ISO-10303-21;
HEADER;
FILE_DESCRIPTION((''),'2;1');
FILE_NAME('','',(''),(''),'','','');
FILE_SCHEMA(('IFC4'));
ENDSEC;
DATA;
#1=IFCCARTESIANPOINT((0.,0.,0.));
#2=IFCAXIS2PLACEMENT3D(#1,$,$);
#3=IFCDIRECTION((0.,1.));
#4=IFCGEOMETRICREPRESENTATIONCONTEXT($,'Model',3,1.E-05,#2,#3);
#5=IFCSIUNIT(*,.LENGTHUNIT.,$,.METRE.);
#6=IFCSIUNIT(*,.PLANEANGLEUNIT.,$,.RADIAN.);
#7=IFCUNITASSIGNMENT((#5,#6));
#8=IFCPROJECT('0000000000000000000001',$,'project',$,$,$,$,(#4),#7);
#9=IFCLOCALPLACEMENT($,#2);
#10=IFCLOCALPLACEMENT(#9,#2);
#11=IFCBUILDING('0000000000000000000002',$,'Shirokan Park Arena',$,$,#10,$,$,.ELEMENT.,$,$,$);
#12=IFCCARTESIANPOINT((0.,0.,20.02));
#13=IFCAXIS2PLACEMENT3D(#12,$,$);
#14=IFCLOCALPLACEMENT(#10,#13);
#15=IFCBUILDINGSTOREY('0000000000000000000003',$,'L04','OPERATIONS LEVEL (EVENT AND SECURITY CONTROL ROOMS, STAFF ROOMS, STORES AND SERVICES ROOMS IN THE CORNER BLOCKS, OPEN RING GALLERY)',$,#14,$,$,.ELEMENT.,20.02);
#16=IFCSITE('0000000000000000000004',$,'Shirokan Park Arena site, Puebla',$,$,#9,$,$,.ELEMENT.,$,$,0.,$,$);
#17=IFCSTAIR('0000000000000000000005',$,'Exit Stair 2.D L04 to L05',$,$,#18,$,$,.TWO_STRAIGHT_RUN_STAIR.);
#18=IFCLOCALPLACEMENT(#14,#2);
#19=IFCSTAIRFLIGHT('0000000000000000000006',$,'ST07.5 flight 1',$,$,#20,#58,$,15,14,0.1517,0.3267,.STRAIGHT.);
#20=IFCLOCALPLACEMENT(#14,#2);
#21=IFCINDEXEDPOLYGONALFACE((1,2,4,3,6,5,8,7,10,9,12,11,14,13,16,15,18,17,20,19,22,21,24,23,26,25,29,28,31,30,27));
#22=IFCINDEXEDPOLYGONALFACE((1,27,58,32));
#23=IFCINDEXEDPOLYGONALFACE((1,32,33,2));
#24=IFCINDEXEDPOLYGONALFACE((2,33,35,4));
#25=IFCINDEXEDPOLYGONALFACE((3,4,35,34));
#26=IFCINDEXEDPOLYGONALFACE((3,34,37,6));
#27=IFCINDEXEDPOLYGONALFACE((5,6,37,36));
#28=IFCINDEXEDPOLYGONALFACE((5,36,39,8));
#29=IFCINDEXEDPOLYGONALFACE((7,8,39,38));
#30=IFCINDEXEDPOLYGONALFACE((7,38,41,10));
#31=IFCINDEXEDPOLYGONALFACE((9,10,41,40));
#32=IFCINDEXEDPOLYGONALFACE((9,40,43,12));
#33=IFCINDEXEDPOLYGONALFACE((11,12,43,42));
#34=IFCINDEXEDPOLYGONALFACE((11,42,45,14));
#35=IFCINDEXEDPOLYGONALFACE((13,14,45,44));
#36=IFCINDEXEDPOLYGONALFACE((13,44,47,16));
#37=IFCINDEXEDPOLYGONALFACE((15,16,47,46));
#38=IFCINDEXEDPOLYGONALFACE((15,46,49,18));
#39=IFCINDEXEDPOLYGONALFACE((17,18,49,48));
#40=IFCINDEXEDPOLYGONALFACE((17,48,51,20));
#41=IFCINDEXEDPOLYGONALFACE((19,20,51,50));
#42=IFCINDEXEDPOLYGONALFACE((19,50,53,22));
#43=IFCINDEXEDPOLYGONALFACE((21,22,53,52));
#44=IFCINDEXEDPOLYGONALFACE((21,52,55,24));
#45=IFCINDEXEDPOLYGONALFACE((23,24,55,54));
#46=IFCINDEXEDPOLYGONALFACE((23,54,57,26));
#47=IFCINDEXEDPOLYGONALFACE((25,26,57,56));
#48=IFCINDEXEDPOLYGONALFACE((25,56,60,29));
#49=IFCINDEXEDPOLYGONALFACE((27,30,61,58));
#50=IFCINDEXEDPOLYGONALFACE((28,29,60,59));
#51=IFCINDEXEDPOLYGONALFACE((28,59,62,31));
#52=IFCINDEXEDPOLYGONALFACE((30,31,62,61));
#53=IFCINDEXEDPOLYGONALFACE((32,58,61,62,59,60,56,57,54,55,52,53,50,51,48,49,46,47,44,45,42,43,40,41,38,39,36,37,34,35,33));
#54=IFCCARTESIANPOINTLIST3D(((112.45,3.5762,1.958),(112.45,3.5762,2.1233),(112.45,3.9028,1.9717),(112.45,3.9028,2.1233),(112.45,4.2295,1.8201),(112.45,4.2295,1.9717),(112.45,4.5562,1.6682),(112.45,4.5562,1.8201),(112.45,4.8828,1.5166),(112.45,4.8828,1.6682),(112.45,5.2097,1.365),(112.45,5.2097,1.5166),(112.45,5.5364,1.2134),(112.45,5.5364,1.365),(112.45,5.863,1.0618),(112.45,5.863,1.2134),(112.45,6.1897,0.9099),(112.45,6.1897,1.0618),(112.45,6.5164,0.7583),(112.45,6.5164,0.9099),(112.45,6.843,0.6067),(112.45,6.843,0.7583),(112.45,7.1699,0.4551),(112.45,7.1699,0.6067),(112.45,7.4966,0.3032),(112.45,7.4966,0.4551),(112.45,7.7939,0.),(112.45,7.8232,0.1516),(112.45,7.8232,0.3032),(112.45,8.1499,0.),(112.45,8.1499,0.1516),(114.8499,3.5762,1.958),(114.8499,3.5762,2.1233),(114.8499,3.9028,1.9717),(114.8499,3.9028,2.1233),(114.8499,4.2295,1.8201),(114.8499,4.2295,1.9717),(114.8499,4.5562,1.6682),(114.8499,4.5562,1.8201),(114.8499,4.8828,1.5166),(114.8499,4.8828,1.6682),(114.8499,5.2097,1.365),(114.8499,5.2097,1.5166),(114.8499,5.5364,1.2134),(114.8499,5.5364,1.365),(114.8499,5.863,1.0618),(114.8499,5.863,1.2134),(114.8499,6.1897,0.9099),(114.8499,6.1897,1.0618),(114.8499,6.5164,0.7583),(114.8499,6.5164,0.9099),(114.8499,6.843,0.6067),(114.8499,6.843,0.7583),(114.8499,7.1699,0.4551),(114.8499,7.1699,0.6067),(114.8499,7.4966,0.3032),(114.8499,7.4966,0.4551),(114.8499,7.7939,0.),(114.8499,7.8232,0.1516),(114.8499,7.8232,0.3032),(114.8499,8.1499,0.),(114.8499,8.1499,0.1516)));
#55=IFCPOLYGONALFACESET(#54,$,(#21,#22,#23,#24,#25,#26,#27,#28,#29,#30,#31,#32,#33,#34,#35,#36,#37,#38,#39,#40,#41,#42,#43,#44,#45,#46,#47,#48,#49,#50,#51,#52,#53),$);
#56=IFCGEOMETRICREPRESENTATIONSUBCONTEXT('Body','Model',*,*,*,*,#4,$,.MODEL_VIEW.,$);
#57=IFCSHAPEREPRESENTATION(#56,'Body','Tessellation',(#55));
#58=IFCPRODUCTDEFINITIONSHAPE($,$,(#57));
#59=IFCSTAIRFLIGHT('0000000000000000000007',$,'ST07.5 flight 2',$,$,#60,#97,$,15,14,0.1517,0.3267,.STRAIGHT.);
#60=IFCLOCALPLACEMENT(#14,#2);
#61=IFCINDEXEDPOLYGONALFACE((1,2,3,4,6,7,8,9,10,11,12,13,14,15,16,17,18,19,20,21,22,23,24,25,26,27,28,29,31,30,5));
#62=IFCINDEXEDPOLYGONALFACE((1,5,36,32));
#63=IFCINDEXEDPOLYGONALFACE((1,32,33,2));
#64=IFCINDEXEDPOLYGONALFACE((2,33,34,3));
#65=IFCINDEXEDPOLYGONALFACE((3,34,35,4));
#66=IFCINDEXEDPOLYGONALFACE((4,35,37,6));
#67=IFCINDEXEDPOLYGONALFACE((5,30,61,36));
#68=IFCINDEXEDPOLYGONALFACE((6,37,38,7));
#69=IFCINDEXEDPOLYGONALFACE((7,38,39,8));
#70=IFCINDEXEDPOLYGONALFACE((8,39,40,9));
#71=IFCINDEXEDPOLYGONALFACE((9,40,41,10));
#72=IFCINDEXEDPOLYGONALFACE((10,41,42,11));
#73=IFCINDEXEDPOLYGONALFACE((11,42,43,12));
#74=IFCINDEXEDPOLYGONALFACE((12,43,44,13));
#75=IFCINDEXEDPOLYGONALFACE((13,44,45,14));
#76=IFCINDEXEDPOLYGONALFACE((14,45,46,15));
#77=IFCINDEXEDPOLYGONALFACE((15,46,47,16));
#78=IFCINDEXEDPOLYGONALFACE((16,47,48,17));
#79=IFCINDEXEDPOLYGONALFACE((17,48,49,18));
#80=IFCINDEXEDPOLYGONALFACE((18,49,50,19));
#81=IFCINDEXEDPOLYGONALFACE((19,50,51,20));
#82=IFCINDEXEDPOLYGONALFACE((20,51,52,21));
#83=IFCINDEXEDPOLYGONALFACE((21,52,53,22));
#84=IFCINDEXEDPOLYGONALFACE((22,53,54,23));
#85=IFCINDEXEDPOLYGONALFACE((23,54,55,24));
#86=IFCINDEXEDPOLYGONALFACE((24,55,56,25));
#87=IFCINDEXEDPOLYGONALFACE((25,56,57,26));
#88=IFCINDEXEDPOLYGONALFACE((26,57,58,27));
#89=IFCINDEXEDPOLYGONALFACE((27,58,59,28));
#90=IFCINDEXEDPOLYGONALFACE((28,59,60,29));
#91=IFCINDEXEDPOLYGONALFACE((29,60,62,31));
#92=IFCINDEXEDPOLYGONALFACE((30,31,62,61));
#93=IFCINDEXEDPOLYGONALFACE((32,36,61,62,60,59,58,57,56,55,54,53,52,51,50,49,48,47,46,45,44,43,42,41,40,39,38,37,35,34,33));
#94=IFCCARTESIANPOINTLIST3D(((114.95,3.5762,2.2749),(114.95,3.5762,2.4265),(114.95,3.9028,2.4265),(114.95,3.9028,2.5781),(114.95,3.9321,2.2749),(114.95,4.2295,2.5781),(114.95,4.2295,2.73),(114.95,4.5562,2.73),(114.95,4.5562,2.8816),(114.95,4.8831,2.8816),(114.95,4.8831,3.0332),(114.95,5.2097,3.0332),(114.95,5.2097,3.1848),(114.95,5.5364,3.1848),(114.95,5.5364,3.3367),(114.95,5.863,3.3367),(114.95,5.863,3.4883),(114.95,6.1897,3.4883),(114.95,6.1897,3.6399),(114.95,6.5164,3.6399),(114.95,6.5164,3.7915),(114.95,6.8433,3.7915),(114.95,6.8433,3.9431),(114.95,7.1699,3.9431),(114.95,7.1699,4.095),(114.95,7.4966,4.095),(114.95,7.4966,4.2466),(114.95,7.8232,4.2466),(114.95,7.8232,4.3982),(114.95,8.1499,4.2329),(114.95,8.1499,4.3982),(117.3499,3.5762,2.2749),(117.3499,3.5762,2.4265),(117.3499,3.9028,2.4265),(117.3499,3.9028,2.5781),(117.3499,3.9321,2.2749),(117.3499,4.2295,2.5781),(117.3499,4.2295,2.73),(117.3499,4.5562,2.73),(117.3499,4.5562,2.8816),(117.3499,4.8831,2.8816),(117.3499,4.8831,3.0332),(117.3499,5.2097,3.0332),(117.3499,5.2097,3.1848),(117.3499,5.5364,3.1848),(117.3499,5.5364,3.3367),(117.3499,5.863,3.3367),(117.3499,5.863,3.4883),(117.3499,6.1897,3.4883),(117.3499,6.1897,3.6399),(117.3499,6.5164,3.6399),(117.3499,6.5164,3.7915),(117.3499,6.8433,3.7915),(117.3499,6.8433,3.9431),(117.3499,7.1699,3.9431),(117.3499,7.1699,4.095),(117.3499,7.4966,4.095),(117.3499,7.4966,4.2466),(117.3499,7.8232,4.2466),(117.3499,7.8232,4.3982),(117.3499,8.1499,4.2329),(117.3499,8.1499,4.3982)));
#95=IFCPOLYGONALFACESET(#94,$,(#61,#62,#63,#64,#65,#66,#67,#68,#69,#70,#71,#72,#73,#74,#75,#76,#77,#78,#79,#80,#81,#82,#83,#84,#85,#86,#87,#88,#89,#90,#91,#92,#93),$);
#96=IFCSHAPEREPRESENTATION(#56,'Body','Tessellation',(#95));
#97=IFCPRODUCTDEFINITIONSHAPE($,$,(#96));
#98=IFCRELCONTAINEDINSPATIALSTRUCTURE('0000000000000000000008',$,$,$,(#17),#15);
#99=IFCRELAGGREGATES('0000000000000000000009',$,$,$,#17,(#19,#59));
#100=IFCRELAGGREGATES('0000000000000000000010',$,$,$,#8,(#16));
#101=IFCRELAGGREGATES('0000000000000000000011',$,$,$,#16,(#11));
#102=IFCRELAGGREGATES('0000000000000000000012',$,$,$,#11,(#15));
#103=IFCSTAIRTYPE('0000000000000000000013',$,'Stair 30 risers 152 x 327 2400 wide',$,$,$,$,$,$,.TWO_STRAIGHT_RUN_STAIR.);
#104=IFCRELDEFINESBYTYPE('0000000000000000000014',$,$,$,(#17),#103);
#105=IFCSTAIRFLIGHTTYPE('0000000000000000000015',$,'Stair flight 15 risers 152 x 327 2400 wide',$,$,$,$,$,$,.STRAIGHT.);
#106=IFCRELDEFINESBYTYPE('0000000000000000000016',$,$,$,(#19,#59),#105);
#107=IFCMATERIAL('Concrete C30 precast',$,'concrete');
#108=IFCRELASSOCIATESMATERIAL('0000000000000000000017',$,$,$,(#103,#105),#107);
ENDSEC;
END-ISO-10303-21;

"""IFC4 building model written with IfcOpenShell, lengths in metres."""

from ifc_helpers import new_model, si_unit, direction, frame, origin, place, context, subcontext, project, spatial, polyline, outline, extrude, material, type_object, element, aggregate, save


model = new_model("IFC4")

# Units and contexts
model_context = context("Model", 3, precision=1e-05, world=origin(), true_north=direction((0.0, 1.0)))
body_context = subcontext(model_context, "Body", "Model", "MODEL_VIEW")
ifc_project = project(units=[si_unit("LENGTHUNIT", "METRE"), si_unit("PLANEANGLEUNIT", "RADIAN")], contexts=[model_context])

# Site, building, storey
site_placement = place(None, origin())
site = spatial("IfcSite", under=ifc_project, at=site_placement, Name="Shirokan Park Arena site, Puebla", CompositionType="ELEMENT", RefElevation=0.0)
building_placement = place(site_placement, origin())
building = spatial("IfcBuilding", under=site, at=building_placement, Name="Shirokan Park Arena", CompositionType="ELEMENT")
storey_placement = place(building_placement, frame((0.0, 0.0, 20.02)))
storey = spatial("IfcBuildingStorey", under=building, at=storey_placement, Name="L04", Description="OPERATIONS LEVEL (EVENT AND SECURITY CONTROL ROOMS, STAFF ROOMS, STORES AND SERVICES ROOMS IN THE CORNER BLOCKS, OPEN RING GALLERY)", CompositionType="ELEMENT", Elevation=20.02)

# Stair, stair flights
ifc_material_1 = material(Name="Concrete C30 precast", Category="concrete")
stair_type = type_object("IfcStairType", Name="Stair 30 risers 152 x 327 2400 wide", PredefinedType="TWO_STRAIGHT_RUN_STAIR", material=ifc_material_1)
stair_placement = place(storey_placement, origin())
stair = element("IfcStair", 1, at=stair_placement, inside=storey, type_object=stair_type, Name="Exit Stair 2.D L04 to L05", PredefinedType="TWO_STRAIGHT_RUN_STAIR")
stair_flight_type = type_object("IfcStairFlightType", Name="Stair flight 15 risers 152 x 327 2400 wide", PredefinedType="STRAIGHT", material=ifc_material_1)
stair_flight_1_placement = place(storey_placement, frame((113.6499, 8.1499, 0.0), z_axis=(0.0, 0.0, 1.0), x_axis=(0.0, -1.0, 0.0)))
stair_flight_1 = element("IfcStairFlight", 2, at=stair_flight_1_placement, type_object=stair_flight_type, Name="ST07.5 flight 1", NumberOfRisers=15, NumberOfTreads=14, PredefinedType="STRAIGHT", RiserHeight=0.1517, TreadLength=0.3267, context=body_context, shape_type="SweptSolid", body=[
    extrude(outline(polyline([(0.0, 0.0), (0.0, 0.1516), (0.3267, 0.1516), (0.3267, 0.3032), (0.6533, 0.3032), (0.6533, 0.4551), (0.98, 0.4551), (0.98, 0.6067), (1.3069, 0.6067), (1.3069, 0.7583), (1.6335, 0.7583), (1.6335, 0.9099), (1.9602, 0.9099), (1.9602, 1.0618), (2.2869, 1.0618), (2.2869, 1.2134), (2.6135, 1.2134), (2.6135, 1.365), (2.9402, 1.365), (2.9402, 1.5166), (3.2671, 1.5166), (3.2671, 1.6682), (3.5938, 1.6682), (3.5938, 1.8201), (3.9204, 1.8201), (3.9204, 1.9717), (4.2471, 1.9717), (4.2471, 2.1233), (4.5737, 2.1233), (4.5737, 2.2749), (4.5737, 1.958), (0.356, 0.0), (0.0, 0.0)])), frame((0.0, 1.2, 0.0), z_axis=(0.0, -1.0, 0.0), x_axis=(1.0, 0.0, 0.0)), (0.0, 0.0, 1.0), 2.3999),
])
stair_flight_2_placement = place(storey_placement, frame((116.1499, 3.5762, 2.2749), z_axis=(0.0, 0.0, 1.0), x_axis=(0.0, 1.0, 0.0)))
stair_flight_2 = element("IfcStairFlight", 3, at=stair_flight_2_placement, type_object=stair_flight_type, Name="ST07.5 flight 2", NumberOfRisers=15, NumberOfTreads=14, PredefinedType="STRAIGHT", RiserHeight=0.1517, TreadLength=0.3267, context=body_context, shape_type="SweptSolid", body=[
    extrude(outline(polyline([(0.0, 0.0), (0.0, 0.1516), (0.3267, 0.1516), (0.3267, 0.3032), (0.6533, 0.3032), (0.6533, 0.4551), (0.98, 0.4551), (0.98, 0.6067), (1.3069, 0.6067), (1.3069, 0.7583), (1.6335, 0.7583), (1.6335, 0.9099), (1.9602, 0.9099), (1.9602, 1.0618), (2.2869, 1.0618), (2.2869, 1.2134), (2.6135, 1.2134), (2.6135, 1.365), (2.9402, 1.365), (2.9402, 1.5166), (3.2671, 1.5166), (3.2671, 1.6682), (3.5938, 1.6682), (3.5938, 1.8201), (3.9204, 1.8201), (3.9204, 1.9717), (4.2471, 1.9717), (4.2471, 2.1233), (4.5737, 2.1233), (4.5737, 2.2749), (4.5737, 1.958), (0.356, 0.0), (0.0, 0.0)])), frame((0.0, 1.2, 0.0), z_axis=(0.0, -1.0, 0.0), x_axis=(1.0, 0.0, 0.0)), (0.0, 0.0, 1.0), 2.3999),
])
aggregate(stair, [stair_flight_1, stair_flight_2])

save(model, "model.ifc")
